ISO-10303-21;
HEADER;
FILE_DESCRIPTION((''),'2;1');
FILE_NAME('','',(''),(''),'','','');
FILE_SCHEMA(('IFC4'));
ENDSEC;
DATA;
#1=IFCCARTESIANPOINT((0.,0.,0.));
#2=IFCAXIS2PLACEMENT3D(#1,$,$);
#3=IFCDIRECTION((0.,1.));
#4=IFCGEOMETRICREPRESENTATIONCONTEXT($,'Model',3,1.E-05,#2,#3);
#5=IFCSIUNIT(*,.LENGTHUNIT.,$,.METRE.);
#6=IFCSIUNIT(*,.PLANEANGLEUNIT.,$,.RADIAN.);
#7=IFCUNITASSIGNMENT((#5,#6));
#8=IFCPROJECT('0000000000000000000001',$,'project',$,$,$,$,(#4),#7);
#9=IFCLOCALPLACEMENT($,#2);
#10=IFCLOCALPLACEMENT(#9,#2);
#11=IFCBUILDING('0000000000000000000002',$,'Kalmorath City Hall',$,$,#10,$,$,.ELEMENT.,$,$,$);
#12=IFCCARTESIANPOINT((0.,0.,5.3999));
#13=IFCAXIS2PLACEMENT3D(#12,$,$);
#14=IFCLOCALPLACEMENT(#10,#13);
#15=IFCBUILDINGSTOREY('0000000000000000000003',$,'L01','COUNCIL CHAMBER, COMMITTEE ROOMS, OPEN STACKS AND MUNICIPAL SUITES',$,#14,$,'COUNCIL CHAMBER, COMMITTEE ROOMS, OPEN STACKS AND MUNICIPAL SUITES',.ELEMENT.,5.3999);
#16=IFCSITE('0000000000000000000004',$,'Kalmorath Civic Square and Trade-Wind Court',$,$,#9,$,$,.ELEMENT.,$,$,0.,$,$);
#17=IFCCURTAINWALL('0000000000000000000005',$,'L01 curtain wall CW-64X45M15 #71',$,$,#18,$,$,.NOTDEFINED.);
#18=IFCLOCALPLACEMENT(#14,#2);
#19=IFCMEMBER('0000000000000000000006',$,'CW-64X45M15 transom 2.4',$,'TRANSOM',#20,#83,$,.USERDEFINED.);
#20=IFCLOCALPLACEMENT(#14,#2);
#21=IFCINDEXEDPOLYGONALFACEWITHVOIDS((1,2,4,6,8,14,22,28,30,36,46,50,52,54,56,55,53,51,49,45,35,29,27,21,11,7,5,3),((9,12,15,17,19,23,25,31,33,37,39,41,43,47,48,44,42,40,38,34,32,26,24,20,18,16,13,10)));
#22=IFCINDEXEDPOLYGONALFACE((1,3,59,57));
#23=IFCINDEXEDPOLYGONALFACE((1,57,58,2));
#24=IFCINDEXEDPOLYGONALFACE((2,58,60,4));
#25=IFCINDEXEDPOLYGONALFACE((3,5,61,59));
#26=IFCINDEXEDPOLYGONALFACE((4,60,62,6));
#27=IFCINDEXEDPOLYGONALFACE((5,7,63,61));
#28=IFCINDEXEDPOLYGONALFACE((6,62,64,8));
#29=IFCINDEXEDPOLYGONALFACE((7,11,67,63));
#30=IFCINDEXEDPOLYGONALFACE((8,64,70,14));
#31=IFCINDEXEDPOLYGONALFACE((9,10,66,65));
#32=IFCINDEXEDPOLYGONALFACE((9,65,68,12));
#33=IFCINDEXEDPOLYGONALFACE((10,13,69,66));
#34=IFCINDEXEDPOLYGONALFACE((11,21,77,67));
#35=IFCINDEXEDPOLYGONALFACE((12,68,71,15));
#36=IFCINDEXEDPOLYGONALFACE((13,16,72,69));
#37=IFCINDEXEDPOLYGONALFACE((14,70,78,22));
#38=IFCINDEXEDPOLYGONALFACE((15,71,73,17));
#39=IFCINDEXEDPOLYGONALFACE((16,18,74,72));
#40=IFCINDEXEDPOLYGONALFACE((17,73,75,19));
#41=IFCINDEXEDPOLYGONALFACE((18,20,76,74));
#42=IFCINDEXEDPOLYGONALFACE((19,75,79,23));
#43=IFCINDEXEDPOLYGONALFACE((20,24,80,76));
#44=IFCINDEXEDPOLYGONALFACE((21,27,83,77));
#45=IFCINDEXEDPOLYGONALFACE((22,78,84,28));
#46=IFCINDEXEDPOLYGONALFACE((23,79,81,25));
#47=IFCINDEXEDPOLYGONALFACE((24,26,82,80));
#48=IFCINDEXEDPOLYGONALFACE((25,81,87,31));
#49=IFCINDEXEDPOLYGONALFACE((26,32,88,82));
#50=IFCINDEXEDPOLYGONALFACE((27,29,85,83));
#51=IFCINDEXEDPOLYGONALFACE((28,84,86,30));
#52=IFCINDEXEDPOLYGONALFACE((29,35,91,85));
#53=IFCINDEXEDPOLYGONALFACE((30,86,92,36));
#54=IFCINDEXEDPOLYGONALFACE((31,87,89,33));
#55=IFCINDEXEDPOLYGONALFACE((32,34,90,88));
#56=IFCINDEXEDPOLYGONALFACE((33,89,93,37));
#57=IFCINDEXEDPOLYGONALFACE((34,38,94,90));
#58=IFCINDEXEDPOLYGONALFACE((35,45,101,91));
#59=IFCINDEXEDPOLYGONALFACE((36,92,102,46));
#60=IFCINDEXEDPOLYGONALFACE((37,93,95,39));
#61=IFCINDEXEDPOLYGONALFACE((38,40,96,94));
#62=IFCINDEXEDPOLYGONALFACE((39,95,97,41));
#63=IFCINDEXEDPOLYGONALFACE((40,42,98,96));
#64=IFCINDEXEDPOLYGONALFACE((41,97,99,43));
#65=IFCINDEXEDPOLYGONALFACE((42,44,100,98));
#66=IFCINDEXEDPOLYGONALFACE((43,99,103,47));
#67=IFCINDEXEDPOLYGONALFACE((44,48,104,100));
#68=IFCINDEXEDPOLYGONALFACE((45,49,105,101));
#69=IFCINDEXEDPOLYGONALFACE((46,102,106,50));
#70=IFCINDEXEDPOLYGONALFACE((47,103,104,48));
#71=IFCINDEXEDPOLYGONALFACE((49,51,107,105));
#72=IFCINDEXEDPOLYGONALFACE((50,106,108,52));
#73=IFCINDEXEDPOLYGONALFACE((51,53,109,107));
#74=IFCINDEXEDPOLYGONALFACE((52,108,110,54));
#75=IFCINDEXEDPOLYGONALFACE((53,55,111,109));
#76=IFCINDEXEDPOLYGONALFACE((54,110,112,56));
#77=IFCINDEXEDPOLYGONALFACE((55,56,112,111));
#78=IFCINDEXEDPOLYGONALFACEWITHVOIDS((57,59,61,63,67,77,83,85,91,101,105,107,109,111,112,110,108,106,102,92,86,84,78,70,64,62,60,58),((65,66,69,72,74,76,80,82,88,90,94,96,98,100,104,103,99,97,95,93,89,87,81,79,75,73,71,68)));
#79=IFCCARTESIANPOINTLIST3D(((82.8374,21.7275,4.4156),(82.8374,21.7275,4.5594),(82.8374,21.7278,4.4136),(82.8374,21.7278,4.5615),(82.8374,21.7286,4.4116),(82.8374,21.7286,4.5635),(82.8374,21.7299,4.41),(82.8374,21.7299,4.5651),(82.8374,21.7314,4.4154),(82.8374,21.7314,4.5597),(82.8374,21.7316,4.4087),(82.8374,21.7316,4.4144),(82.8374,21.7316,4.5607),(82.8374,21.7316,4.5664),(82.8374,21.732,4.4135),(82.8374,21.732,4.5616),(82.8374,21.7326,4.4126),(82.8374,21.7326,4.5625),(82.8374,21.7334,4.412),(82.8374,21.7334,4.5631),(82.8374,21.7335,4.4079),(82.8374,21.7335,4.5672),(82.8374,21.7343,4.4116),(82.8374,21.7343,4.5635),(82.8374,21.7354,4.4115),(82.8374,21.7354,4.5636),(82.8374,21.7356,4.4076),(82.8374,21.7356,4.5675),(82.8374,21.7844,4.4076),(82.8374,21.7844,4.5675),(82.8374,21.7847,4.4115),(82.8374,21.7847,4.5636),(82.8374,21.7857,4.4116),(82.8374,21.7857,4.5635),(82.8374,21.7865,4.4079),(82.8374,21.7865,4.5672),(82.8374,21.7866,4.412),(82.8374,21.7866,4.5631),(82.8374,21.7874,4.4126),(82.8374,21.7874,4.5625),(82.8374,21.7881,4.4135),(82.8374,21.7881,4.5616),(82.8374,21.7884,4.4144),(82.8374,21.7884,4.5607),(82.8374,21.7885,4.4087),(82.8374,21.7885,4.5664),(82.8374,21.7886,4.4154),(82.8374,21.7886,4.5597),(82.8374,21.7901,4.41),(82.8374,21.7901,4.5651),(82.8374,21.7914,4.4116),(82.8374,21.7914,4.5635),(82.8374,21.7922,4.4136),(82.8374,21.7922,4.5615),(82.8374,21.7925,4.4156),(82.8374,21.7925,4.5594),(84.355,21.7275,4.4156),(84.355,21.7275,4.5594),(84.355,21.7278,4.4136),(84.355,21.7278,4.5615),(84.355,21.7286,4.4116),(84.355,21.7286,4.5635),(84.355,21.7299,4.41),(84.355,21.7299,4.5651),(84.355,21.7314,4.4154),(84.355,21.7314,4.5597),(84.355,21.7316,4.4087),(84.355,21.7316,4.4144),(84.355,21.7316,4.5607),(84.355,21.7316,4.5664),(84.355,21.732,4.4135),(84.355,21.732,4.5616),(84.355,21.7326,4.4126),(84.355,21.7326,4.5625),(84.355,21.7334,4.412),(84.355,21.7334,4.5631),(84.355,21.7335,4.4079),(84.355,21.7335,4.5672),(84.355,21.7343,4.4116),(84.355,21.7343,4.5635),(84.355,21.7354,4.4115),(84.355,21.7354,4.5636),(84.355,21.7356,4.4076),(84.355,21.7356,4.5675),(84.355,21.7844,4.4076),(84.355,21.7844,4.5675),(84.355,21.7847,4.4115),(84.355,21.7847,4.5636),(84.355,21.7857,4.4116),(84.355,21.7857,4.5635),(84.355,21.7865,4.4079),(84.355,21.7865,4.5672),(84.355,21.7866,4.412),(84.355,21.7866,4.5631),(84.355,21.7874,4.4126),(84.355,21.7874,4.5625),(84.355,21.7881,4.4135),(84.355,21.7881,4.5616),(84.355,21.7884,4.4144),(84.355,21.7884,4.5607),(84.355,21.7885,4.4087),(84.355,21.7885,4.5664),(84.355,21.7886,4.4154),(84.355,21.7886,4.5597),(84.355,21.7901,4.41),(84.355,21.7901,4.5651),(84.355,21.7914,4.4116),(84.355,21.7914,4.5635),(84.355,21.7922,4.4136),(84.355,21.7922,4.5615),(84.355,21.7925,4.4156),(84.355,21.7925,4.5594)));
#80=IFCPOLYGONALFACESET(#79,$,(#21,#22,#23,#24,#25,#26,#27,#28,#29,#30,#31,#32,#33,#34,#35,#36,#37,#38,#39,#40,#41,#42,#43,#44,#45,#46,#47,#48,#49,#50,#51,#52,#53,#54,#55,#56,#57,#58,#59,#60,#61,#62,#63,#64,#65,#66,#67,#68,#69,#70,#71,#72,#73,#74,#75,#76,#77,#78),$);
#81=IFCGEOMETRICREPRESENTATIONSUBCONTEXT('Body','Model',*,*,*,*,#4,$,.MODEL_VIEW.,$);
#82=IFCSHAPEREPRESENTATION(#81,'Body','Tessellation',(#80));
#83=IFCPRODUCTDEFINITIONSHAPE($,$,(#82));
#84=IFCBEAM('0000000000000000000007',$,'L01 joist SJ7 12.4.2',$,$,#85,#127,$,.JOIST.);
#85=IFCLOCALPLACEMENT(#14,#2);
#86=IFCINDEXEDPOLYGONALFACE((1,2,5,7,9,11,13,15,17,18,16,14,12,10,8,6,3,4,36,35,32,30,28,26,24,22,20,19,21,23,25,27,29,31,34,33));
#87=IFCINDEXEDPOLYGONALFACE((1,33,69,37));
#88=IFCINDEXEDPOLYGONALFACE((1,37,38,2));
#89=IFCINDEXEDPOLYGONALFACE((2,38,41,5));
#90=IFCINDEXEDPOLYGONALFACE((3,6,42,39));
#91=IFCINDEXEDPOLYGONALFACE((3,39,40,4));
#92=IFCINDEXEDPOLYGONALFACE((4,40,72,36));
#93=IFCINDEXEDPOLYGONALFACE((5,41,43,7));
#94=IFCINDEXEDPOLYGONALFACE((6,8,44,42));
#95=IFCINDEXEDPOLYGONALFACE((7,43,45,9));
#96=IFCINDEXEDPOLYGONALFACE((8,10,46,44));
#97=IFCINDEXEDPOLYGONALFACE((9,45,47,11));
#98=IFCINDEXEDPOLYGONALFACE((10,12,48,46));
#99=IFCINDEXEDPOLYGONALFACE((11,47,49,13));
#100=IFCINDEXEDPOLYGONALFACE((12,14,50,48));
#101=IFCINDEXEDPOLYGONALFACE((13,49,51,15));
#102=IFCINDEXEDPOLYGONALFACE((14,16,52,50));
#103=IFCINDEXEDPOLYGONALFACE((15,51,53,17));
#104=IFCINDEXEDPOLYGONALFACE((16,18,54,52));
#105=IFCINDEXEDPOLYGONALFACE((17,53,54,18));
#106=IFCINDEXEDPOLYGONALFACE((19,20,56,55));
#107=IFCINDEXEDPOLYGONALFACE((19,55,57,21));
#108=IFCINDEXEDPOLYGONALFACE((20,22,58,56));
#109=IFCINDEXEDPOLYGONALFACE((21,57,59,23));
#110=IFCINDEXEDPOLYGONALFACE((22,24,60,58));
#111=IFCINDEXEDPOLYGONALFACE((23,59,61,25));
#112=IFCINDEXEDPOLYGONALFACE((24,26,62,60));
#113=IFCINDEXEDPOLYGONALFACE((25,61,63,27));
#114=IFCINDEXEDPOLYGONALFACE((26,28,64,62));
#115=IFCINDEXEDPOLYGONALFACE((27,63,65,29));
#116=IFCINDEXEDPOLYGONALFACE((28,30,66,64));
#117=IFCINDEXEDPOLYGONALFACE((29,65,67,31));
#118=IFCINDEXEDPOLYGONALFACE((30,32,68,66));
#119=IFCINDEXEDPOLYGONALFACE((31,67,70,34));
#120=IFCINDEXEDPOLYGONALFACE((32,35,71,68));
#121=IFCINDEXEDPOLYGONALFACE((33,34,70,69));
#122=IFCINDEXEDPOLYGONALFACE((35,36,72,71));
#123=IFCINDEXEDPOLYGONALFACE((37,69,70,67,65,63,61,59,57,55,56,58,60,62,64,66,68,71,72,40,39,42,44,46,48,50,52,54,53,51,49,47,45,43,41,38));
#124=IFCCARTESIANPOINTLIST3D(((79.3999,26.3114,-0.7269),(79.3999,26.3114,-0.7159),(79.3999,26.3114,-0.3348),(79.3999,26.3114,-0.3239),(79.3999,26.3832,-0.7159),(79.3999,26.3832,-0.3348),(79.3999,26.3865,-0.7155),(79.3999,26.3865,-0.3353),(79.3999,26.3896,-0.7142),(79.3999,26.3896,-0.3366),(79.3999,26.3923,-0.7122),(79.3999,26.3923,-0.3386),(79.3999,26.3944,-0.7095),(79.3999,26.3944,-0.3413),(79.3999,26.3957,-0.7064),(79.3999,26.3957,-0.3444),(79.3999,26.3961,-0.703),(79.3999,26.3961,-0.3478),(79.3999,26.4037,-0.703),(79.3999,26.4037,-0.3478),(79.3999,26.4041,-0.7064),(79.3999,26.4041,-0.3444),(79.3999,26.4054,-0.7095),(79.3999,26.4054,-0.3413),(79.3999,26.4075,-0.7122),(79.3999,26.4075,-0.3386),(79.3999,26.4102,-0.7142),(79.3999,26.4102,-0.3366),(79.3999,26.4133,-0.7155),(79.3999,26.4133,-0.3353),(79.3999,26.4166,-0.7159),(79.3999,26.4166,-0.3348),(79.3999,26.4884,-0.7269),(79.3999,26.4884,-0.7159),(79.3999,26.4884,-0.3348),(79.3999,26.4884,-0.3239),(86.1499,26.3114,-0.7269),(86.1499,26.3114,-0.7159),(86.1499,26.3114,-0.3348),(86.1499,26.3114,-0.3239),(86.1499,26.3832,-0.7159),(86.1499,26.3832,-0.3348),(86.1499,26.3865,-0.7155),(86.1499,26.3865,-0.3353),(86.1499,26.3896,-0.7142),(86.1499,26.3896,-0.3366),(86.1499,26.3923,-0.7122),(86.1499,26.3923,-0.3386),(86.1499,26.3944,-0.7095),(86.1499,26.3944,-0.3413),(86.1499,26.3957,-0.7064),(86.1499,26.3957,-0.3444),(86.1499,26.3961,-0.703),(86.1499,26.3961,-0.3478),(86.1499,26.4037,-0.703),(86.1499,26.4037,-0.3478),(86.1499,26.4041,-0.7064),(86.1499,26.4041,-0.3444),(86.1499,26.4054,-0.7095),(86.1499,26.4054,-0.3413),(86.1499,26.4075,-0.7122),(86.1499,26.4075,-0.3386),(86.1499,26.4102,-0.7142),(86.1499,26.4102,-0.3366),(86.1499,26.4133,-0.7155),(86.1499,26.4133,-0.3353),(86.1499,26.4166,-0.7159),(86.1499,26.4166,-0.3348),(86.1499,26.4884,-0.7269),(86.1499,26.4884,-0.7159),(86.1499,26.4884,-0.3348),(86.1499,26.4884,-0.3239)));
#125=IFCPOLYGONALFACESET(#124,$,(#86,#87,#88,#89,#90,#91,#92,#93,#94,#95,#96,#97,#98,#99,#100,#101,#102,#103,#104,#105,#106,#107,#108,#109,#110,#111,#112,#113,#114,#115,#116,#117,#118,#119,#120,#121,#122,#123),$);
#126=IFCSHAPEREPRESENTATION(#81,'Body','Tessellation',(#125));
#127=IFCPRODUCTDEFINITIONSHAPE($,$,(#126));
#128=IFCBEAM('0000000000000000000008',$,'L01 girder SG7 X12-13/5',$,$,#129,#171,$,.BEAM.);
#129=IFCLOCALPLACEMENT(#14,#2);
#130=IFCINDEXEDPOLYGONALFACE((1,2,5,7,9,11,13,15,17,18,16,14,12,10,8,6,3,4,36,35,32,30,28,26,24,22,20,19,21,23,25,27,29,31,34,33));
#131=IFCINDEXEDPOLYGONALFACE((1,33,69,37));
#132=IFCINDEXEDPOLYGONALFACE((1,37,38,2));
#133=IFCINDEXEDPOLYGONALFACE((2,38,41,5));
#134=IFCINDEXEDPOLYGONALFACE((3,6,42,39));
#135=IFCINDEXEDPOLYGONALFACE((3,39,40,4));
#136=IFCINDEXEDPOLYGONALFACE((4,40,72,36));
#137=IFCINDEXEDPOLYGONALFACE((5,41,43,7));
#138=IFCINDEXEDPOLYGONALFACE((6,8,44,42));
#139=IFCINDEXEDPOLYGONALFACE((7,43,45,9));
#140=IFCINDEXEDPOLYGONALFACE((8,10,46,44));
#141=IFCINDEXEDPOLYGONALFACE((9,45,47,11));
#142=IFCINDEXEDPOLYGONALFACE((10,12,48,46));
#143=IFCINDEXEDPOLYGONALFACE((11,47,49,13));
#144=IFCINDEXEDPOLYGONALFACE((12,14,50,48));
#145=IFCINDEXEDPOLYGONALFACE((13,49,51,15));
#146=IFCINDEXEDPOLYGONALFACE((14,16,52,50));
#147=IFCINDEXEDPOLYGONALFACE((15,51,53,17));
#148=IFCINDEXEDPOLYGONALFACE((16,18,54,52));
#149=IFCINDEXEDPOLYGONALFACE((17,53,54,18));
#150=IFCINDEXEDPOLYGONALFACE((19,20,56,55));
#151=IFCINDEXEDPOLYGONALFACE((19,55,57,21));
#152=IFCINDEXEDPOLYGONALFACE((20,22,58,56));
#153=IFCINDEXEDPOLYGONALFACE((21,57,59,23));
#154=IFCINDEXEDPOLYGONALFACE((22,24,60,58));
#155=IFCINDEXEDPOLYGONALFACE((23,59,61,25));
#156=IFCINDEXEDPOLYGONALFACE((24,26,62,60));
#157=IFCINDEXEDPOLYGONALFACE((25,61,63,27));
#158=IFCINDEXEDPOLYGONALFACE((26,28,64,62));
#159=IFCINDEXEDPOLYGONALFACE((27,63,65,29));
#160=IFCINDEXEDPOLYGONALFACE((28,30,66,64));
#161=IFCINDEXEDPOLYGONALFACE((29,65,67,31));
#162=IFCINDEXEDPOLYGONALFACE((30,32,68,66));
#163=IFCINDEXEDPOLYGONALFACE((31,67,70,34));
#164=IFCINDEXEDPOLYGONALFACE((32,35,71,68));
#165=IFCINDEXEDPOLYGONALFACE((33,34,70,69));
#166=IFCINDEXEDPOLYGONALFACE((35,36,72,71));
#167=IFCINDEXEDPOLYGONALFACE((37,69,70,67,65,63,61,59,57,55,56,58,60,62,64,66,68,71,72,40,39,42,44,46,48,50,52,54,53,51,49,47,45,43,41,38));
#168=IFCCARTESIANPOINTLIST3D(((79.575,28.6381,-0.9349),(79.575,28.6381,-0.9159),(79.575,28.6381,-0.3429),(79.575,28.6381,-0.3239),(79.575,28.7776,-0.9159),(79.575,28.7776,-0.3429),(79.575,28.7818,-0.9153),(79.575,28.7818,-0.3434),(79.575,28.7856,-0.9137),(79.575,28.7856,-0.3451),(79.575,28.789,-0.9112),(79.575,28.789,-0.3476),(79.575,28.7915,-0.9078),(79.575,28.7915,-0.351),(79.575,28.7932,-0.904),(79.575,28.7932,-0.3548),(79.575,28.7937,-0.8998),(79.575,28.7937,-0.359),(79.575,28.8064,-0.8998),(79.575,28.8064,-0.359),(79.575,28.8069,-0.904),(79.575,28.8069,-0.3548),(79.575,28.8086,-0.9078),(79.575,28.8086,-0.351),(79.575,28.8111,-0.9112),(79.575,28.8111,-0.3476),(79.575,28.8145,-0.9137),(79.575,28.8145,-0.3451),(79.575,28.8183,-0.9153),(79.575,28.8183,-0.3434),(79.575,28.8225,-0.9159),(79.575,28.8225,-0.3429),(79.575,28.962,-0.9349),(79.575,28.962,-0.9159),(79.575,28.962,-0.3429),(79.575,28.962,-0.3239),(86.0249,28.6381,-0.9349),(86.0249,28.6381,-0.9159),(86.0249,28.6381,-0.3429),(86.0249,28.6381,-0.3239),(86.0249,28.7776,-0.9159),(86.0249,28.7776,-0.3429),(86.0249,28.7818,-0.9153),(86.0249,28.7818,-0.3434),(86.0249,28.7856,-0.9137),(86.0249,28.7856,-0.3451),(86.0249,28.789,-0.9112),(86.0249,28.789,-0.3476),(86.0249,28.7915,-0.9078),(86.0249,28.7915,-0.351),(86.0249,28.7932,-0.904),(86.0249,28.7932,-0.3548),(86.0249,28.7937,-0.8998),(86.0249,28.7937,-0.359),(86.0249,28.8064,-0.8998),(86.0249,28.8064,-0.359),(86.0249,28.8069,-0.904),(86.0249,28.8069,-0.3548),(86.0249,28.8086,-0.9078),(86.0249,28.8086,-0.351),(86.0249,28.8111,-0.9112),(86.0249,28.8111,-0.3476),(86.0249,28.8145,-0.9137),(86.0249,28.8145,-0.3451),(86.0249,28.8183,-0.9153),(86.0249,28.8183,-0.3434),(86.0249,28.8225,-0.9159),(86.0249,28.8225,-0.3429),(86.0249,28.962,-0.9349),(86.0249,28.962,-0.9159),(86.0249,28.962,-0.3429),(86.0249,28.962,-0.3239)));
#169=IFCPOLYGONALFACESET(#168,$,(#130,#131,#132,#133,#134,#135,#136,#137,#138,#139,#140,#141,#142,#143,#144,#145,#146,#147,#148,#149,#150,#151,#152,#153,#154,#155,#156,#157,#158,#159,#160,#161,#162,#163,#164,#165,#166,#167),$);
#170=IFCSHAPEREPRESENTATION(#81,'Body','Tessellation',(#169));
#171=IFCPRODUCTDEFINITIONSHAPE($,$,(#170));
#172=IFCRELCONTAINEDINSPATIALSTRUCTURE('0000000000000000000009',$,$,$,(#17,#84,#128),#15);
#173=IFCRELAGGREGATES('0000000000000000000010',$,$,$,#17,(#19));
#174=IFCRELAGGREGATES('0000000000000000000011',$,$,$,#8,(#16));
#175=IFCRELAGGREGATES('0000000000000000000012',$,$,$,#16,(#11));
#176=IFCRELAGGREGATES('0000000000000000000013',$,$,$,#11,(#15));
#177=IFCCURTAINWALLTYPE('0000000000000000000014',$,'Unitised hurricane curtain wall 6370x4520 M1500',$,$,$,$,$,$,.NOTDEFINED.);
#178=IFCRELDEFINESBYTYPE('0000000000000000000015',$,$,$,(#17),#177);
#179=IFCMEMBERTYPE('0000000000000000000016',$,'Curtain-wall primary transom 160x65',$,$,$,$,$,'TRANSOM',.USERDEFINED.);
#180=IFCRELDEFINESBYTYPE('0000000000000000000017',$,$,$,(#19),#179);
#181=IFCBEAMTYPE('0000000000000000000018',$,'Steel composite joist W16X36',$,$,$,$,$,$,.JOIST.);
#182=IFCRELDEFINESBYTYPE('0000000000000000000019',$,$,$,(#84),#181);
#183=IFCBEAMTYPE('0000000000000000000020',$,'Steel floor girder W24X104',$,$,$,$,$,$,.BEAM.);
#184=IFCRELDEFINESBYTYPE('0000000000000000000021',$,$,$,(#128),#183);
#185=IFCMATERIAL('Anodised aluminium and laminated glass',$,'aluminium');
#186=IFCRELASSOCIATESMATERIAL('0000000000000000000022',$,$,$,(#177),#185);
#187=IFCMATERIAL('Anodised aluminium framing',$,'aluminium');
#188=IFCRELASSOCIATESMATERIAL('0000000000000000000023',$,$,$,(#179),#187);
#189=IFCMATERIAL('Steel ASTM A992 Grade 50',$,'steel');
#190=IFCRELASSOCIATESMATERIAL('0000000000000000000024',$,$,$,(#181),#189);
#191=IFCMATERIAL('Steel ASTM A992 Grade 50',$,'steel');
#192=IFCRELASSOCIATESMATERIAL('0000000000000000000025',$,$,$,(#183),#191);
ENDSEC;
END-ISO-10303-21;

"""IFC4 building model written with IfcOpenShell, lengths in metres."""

from ifc_helpers import new_model, si_unit, direction, frame, origin, origin_2d, place, context, subcontext, project, spatial, hollow_rectangle, i_section, extrude, material, material_profile, profile_set, type_object, element, aggregate, save


model = new_model("IFC4")

# Units and contexts
model_context = context("Model", 3, precision=1e-05, world=origin(), true_north=direction((0.0, 1.0)))
body_context = subcontext(model_context, "Body", "Model", "MODEL_VIEW")
ifc_project = project(units=[si_unit("LENGTHUNIT", "METRE"), si_unit("PLANEANGLEUNIT", "RADIAN")], contexts=[model_context])

# Site, building, storey
site_placement = place(None, origin())
site = spatial("IfcSite", under=ifc_project, at=site_placement, Name="Kalmorath Civic Square and Trade-Wind Court", CompositionType="ELEMENT", RefElevation=0.0)
building_placement = place(site_placement, origin())
building = spatial("IfcBuilding", under=site, at=building_placement, Name="Kalmorath City Hall", CompositionType="ELEMENT")
storey_placement = place(building_placement, frame((0.0, 0.0, 5.3999)))
storey = spatial("IfcBuildingStorey", under=building, at=storey_placement, Name="L01", Description="COUNCIL CHAMBER, COMMITTEE ROOMS, OPEN STACKS AND MUNICIPAL SUITES", LongName="COUNCIL CHAMBER, COMMITTEE ROOMS, OPEN STACKS AND MUNICIPAL SUITES", CompositionType="ELEMENT", Elevation=5.3999)

# Curtain wall
ifc_material_1 = material(Name="Anodised aluminium and laminated glass", Category="aluminium")
curtain_wall_type_1 = type_object("IfcCurtainWallType", Name="Unitised hurricane curtain wall 6370x4520 M1500", PredefinedType="NOTDEFINED", material=ifc_material_1)
curtain_wall_1_placement = place(storey_placement, origin())
curtain_wall_1 = element("IfcCurtainWall", 1, at=curtain_wall_1_placement, inside=storey, type_object=curtain_wall_type_1, Name="L01 curtain wall CW-64X45M15 #71", PredefinedType="NOTDEFINED")

# Member
ifc_material_2 = material(Name="Anodised aluminium framing", Category="aluminium")
ifc_material_profile_1 = material_profile(ifc_material_2, hollow_rectangle(XDim=0.0649, YDim=0.1599, WallThickness=0.0039, InnerFilletRadius=0.0039, OuterFilletRadius=0.0081, at=origin_2d()), Name="ALU-TRN-160X65X4")
ifc_profile_set_1 = profile_set([ifc_material_profile_1], Name="Anodised aluminium framing")
member_type_1 = type_object("IfcMemberType", Name="Curtain-wall primary transom 160x65", ElementType="TRANSOM", PredefinedType="USERDEFINED", material=ifc_profile_set_1)
member_1_placement = place(storey_placement, frame((84.355, 21.76, 4.4875), z_axis=(-1.0, 0.0, 0.0), x_axis=(0.0, -1.0, 0.0)))
member_1 = element("IfcMember", 2, at=member_1_placement, type_object=member_type_1, Name="CW-64X45M15 transom 2.4", ObjectType="TRANSOM", PredefinedType="USERDEFINED", context=body_context, shape_type="SweptSolid", body=[
    extrude(hollow_rectangle(XDim=0.0649, YDim=0.1599, WallThickness=0.0039, InnerFilletRadius=0.0039, OuterFilletRadius=0.0081, at=origin_2d()), origin(), (0.0, 0.0, 1.0), 1.5176),
])

# Beams
ifc_material_3 = material(Name="Steel ASTM A992 Grade 50", Category="steel")
ifc_material_profile_2 = material_profile(ifc_material_3, i_section(OverallWidth=0.177, OverallDepth=0.4031, WebThickness=0.0076, FlangeThickness=0.011, FilletRadius=0.0129, at=origin_2d()), Name="W16X36")
ifc_profile_set_2 = profile_set([ifc_material_profile_2], Name="Steel ASTM A992 Grade 50")
beam_type_1 = type_object("IfcBeamType", Name="Steel composite joist W16X36", PredefinedType="JOIST", material=ifc_profile_set_2)
beam_1_placement = place(storey_placement, frame((79.3999, 26.3999, -0.5254), z_axis=(1.0, 0.0, 0.0), x_axis=(0.0, 1.0, 0.0)))
element("IfcBeam", 3, at=beam_1_placement, inside=storey, type_object=beam_type_1, Name="L01 joist SJ7 12.4.2", PredefinedType="JOIST", context=body_context, shape_type="SweptSolid", body=[
    extrude(i_section(OverallWidth=0.177, OverallDepth=0.4031, WebThickness=0.0076, FlangeThickness=0.011, FilletRadius=0.0129, at=origin_2d()), origin(), (0.0, 0.0, 1.0), 6.75),
])
ifc_material_4 = material(Name="Steel ASTM A992 Grade 50", Category="steel")
ifc_material_profile_3 = material_profile(ifc_material_4, i_section(OverallWidth=0.324, OverallDepth=0.6111, WebThickness=0.0127, FlangeThickness=0.019, FilletRadius=0.0161, at=origin_2d()), Name="W24X104")
ifc_profile_set_3 = profile_set([ifc_material_profile_3], Name="Steel ASTM A992 Grade 50")
beam_type_2 = type_object("IfcBeamType", Name="Steel floor girder W24X104", PredefinedType="BEAM", material=ifc_profile_set_3)
beam_2_placement = place(storey_placement, frame((79.575, 28.8, -0.6294), z_axis=(1.0, 0.0, 0.0), x_axis=(0.0, 1.0, 0.0)))
element("IfcBeam", 4, at=beam_2_placement, inside=storey, type_object=beam_type_2, Name="L01 girder SG7 X12-13/5", PredefinedType="BEAM", context=body_context, shape_type="SweptSolid", body=[
    extrude(i_section(OverallWidth=0.324, OverallDepth=0.6111, WebThickness=0.0127, FlangeThickness=0.019, FilletRadius=0.0161, at=origin_2d()), origin(), (0.0, 0.0, 1.0), 6.45),
])

aggregate(curtain_wall_1, [member_1])

save(model, "model.ifc")
